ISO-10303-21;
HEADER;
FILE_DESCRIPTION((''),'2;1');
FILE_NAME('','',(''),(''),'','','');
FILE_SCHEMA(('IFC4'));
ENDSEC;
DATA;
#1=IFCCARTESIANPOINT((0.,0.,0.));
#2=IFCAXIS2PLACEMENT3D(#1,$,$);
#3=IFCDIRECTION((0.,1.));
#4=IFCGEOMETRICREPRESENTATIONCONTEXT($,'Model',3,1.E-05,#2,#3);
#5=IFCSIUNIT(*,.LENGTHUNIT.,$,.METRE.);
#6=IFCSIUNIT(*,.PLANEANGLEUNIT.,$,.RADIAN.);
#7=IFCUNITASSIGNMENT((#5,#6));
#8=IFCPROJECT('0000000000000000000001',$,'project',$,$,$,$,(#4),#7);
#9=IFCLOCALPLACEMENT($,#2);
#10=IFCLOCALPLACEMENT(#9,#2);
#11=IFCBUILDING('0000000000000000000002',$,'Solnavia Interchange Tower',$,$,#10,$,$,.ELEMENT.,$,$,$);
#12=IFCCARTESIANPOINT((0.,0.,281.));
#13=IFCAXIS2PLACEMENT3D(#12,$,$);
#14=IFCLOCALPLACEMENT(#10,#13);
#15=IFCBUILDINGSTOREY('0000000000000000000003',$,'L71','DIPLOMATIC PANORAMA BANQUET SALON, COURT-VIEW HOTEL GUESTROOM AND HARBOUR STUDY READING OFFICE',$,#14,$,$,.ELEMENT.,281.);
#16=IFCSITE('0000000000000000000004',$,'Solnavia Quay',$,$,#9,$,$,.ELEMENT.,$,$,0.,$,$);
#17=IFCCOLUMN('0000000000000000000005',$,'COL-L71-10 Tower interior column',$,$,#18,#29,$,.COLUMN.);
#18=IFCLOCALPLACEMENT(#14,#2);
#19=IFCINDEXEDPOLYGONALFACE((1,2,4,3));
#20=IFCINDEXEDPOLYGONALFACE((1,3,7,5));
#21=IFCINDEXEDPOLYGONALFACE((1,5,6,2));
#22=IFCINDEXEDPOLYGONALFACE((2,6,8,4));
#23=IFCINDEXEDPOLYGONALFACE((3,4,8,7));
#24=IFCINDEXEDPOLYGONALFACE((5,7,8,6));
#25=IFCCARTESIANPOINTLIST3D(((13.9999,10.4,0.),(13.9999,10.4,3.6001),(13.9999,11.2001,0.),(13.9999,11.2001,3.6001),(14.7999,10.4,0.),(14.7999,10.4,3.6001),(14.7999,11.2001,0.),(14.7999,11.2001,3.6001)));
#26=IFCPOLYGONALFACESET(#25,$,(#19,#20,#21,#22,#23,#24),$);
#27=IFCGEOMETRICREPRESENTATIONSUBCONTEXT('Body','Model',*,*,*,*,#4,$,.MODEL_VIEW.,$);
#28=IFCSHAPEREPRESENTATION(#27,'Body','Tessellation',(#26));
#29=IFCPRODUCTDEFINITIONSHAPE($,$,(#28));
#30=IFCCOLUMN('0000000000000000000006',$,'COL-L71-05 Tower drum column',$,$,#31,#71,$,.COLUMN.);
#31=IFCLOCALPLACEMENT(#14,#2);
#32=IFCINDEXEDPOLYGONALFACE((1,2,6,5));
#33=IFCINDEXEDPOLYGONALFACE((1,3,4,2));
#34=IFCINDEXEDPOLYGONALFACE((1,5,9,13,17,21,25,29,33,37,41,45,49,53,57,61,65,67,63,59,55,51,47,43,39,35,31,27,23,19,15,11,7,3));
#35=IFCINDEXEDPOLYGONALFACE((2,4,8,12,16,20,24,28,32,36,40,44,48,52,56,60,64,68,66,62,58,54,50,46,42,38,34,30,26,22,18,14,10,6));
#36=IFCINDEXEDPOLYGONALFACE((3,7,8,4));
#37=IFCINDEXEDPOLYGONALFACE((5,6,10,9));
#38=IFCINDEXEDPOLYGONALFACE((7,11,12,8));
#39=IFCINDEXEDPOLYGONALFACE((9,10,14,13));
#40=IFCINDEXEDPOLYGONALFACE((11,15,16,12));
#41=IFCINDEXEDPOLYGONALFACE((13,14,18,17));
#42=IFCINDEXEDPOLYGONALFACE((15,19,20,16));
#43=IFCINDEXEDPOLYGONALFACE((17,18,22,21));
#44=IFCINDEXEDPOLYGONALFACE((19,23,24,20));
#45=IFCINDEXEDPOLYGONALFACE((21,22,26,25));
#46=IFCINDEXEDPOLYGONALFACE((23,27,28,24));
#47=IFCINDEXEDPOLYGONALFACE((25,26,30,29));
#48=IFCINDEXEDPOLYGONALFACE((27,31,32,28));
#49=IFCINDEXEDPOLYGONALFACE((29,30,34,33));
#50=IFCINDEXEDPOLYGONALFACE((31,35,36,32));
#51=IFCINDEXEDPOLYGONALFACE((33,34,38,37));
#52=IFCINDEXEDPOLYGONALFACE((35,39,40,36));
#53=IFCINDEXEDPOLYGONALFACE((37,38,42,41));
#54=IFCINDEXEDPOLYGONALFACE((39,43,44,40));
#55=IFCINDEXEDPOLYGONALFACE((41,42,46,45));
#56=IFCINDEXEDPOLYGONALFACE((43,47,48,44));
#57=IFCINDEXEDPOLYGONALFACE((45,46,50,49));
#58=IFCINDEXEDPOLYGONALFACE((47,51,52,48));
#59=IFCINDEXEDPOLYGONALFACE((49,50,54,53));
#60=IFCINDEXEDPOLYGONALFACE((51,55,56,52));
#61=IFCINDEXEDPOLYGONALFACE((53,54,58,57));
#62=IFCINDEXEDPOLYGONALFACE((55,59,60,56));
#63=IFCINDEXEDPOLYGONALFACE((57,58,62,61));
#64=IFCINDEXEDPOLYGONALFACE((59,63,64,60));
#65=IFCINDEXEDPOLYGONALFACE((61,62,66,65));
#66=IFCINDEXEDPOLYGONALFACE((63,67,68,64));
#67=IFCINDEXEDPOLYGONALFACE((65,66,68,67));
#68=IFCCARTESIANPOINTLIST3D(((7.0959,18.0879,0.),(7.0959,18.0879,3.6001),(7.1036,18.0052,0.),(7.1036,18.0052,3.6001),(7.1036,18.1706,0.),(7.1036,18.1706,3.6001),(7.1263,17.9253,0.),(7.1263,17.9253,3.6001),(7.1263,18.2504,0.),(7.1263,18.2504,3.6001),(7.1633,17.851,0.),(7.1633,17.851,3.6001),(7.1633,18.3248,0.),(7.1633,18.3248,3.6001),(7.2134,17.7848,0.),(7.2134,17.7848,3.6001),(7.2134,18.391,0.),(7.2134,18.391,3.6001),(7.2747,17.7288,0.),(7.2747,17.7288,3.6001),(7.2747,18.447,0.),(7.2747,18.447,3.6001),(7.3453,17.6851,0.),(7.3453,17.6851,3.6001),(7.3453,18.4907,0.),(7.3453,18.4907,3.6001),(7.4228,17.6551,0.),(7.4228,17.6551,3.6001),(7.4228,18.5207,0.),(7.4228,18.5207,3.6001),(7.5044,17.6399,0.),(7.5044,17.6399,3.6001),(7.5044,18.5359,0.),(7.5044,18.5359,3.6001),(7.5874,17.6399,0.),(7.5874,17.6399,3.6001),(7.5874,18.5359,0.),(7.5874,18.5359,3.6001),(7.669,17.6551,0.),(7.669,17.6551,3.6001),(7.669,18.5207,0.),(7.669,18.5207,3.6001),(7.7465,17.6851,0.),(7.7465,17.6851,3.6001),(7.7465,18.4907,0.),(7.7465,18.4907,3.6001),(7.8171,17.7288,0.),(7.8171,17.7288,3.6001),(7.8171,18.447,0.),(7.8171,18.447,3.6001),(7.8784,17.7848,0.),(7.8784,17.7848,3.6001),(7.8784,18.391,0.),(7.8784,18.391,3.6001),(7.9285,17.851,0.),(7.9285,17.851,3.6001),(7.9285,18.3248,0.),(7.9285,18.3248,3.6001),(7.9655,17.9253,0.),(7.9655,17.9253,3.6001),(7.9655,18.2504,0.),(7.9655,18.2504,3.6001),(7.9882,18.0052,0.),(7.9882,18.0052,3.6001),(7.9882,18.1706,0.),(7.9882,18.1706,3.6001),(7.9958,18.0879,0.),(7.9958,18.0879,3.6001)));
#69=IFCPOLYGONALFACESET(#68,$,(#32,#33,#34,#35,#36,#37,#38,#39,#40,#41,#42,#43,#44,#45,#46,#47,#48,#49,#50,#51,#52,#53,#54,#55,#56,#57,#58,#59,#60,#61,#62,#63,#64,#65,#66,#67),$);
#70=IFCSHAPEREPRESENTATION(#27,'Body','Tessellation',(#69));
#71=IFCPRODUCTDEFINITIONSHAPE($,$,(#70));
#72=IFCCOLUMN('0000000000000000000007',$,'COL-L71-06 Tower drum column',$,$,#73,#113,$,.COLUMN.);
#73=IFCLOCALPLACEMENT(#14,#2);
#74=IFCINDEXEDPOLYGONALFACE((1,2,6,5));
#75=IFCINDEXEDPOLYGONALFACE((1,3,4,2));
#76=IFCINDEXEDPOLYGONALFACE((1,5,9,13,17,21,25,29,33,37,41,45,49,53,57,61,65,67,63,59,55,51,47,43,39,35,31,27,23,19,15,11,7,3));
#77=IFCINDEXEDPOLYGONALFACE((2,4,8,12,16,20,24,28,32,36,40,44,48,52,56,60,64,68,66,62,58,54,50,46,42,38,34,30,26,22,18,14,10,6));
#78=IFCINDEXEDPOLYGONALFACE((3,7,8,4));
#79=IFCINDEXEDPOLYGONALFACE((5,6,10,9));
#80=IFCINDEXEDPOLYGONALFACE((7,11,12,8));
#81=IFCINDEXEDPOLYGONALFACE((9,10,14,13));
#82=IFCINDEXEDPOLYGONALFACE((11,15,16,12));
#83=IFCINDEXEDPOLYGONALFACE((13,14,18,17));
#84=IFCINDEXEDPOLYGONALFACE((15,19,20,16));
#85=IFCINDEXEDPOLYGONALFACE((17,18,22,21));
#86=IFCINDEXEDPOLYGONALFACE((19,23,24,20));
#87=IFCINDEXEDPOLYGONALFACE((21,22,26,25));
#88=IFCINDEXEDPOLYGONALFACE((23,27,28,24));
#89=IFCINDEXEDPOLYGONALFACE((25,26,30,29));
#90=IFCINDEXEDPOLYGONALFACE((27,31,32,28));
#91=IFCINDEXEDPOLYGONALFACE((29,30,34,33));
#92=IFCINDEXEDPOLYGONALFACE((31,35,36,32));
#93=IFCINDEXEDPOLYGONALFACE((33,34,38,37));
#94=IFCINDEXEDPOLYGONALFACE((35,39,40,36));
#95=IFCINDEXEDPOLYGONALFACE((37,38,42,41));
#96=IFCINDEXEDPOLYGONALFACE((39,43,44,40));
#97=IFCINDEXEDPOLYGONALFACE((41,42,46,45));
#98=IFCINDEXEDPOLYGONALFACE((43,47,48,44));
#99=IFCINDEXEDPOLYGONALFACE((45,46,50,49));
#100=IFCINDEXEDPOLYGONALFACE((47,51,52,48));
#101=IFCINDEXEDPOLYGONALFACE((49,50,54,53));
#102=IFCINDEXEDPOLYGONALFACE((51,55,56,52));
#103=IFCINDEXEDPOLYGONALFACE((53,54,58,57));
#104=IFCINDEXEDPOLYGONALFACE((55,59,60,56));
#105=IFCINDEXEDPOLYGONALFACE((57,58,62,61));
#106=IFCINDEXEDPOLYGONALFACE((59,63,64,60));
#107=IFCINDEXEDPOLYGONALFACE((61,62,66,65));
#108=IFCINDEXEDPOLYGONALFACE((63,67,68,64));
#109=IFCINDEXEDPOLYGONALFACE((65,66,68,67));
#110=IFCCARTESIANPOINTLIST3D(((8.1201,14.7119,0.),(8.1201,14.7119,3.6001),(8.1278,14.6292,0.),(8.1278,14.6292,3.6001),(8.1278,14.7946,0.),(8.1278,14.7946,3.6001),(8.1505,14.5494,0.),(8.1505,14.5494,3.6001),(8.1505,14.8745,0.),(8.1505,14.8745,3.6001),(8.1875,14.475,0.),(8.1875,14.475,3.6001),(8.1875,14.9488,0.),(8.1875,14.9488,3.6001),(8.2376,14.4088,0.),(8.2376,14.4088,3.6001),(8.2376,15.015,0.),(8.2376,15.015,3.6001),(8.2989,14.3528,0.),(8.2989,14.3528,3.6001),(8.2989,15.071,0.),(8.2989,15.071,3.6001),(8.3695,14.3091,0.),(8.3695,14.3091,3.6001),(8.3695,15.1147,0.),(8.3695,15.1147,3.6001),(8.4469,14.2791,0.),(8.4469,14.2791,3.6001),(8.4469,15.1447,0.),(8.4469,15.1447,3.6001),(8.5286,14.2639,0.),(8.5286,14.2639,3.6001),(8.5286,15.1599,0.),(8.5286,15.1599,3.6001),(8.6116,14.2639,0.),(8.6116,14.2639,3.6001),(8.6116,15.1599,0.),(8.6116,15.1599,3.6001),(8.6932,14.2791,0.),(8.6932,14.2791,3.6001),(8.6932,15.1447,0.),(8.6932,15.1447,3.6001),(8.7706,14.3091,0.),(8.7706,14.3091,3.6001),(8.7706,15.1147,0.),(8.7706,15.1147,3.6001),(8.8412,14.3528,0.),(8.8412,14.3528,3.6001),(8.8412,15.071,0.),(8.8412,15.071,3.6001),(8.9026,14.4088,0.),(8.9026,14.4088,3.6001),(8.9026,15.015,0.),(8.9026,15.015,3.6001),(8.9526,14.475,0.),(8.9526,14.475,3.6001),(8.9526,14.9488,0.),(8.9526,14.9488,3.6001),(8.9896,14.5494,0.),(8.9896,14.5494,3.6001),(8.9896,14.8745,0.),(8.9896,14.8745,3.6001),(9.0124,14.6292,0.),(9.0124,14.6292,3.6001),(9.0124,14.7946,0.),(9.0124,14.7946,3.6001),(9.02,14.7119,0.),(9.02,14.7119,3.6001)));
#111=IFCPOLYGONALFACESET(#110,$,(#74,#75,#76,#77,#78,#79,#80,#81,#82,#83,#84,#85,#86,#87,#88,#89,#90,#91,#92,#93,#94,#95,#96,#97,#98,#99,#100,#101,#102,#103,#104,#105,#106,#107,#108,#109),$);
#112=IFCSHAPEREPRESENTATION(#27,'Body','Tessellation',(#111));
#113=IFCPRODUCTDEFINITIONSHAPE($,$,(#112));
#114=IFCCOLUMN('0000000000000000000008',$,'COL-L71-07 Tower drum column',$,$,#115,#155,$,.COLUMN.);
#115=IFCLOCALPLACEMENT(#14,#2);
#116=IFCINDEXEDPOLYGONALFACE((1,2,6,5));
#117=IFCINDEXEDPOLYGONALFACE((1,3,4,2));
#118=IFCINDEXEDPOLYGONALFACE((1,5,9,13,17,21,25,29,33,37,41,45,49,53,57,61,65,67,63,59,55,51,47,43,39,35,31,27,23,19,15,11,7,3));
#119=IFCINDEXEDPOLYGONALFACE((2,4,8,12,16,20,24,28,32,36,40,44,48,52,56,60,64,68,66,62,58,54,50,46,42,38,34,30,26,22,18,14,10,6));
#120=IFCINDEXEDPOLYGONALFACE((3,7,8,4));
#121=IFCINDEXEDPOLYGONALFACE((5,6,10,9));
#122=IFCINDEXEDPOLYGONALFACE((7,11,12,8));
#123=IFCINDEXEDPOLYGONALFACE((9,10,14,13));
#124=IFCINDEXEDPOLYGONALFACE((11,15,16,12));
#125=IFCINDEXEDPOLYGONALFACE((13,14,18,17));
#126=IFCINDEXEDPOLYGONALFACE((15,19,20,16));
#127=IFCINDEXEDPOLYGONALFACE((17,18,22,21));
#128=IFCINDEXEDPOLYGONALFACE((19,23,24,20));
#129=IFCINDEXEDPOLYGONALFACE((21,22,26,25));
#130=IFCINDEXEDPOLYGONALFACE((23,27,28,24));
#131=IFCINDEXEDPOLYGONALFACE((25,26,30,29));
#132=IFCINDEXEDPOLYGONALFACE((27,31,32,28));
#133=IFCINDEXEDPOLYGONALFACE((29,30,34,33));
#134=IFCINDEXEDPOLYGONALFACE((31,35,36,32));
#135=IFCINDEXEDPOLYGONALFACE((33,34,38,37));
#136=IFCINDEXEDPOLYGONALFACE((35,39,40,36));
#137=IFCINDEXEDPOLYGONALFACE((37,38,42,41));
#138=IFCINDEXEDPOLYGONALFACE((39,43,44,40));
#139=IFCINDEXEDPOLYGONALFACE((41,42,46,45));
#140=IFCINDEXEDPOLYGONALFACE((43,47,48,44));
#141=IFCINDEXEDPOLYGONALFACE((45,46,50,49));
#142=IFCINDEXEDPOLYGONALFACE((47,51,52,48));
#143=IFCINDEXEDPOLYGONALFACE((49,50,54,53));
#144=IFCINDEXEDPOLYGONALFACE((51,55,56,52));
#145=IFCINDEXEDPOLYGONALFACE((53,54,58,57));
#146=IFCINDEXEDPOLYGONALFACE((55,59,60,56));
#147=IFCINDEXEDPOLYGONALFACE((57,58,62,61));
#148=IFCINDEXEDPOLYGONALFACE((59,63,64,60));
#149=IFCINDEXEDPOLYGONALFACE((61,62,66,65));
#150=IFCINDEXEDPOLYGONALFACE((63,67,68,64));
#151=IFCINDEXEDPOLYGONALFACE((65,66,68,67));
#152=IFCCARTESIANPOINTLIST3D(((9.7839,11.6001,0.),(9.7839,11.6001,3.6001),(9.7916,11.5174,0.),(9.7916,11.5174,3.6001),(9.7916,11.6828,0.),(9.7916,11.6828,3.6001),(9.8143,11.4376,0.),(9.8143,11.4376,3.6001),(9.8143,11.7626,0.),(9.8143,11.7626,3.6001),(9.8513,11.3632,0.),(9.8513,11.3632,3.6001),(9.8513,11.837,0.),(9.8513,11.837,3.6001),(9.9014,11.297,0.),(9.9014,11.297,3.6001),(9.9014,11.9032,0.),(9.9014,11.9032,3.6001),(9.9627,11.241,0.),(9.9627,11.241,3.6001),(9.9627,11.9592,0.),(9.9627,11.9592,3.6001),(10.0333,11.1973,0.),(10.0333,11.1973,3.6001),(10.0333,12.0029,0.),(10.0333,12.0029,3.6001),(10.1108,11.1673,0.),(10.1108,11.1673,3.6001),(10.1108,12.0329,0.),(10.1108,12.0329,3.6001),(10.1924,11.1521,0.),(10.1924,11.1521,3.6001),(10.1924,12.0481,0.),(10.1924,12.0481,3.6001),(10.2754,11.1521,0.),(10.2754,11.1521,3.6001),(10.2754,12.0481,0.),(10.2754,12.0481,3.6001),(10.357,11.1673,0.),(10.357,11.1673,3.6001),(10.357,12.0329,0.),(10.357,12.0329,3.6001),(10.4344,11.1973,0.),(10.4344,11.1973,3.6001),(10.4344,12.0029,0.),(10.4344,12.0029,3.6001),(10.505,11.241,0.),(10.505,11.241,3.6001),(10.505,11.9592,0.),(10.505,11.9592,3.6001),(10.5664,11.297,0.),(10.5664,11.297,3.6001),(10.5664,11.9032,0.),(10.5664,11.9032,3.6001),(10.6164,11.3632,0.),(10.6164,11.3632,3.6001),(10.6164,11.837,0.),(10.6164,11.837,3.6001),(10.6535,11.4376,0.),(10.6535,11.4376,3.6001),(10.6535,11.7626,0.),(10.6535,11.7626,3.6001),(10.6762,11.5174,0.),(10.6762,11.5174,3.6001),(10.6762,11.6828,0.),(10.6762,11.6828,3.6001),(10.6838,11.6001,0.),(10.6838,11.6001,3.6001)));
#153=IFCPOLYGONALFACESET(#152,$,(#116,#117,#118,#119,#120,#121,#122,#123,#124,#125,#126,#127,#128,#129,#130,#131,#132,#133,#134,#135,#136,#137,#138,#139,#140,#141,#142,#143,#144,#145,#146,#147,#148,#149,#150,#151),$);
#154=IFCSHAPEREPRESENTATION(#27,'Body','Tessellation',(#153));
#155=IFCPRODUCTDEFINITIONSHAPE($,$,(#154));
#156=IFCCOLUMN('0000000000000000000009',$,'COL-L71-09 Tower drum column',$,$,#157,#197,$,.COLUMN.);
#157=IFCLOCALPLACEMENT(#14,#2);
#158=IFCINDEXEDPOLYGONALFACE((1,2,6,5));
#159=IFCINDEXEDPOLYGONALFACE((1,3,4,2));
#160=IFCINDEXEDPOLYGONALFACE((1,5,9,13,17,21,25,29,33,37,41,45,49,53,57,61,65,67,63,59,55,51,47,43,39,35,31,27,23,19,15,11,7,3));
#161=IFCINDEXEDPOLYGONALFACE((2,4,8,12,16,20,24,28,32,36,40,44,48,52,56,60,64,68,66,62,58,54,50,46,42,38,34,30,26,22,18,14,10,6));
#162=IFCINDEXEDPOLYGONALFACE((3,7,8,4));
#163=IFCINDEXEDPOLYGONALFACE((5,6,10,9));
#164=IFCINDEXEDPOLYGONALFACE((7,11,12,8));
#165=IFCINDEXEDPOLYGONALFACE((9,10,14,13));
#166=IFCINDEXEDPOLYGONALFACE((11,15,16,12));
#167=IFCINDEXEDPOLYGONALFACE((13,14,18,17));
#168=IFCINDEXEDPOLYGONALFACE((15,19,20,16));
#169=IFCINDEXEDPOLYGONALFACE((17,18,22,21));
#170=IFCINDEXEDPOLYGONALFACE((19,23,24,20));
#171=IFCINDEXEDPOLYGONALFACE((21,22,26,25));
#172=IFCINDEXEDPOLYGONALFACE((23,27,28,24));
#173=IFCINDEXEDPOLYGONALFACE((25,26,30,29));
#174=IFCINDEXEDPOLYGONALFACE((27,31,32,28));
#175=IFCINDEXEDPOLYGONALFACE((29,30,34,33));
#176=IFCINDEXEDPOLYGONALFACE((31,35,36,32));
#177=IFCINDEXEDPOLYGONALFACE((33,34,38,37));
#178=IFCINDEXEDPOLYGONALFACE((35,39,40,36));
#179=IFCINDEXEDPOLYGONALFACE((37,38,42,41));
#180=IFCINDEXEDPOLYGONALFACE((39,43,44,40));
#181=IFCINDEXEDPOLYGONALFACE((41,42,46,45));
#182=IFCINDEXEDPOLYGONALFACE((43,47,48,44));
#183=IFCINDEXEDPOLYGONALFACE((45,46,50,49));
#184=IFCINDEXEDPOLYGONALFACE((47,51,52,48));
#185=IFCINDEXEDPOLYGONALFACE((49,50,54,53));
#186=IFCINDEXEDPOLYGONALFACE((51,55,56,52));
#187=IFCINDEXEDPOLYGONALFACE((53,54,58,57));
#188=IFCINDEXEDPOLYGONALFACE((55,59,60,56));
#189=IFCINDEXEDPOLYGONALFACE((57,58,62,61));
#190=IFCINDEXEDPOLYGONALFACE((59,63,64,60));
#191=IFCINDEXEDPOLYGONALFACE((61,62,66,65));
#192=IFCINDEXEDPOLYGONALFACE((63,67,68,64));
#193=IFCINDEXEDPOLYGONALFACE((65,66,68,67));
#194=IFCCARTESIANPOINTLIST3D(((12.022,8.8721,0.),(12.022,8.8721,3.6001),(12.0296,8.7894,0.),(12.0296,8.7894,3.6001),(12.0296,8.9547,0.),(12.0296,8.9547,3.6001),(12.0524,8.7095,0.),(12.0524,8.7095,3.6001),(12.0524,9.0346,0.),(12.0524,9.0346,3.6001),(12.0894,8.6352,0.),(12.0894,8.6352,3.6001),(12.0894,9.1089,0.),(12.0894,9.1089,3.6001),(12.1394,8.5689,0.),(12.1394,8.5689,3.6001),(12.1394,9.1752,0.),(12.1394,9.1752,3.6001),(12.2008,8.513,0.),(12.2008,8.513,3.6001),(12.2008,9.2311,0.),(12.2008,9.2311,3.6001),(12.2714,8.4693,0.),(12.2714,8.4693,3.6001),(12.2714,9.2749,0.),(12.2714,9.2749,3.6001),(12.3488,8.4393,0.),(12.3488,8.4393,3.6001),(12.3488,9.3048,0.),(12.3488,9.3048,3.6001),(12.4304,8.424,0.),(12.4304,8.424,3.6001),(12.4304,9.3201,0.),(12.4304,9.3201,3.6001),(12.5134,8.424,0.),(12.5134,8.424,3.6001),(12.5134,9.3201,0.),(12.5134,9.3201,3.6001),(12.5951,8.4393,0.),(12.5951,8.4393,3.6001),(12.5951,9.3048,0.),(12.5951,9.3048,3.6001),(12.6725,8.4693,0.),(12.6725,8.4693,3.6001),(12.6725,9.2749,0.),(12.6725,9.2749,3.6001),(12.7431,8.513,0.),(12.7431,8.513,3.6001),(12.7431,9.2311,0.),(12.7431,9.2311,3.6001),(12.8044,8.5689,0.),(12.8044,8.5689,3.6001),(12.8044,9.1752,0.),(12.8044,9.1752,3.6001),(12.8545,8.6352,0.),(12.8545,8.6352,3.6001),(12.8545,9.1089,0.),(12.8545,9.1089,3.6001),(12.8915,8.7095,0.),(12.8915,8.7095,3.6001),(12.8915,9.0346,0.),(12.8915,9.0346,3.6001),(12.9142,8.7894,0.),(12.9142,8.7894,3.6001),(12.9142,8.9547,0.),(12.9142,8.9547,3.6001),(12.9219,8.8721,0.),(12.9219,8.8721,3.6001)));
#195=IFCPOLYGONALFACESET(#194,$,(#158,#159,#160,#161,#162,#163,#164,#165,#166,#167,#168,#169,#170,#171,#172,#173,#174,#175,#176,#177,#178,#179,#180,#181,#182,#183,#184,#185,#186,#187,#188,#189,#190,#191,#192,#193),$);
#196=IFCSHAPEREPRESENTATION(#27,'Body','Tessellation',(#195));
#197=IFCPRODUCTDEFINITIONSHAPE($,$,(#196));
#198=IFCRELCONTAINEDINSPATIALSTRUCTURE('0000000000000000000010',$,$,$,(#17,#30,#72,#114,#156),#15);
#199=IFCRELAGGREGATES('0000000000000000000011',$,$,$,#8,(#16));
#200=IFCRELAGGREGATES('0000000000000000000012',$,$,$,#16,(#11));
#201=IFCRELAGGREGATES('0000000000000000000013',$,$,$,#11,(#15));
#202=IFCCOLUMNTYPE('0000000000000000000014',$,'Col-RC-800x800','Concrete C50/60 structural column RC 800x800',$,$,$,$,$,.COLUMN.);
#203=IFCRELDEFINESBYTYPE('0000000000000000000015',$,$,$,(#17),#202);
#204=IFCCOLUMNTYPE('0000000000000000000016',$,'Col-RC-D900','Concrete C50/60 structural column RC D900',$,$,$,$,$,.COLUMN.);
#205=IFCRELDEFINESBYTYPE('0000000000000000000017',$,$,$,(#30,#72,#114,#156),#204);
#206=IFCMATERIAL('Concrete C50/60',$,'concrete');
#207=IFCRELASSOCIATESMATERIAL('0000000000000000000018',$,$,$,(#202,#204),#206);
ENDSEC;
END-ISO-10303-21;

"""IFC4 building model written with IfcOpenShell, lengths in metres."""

from ifc_helpers import new_model, si_unit, direction, frame, origin, origin_2d, place, context, subcontext, project, spatial, rectangle, circle, extrude, material, material_profile, profile_set, type_object, element, save


model = new_model("IFC4")

# Units and contexts
model_context = context("Model", 3, precision=1e-05, world=origin(), true_north=direction((0.0, 1.0)))
body_context = subcontext(model_context, "Body", "Model", "MODEL_VIEW")
ifc_project = project(units=[si_unit("LENGTHUNIT", "METRE"), si_unit("PLANEANGLEUNIT", "RADIAN")], contexts=[model_context])

# Site, building, storey
site_placement = place(None, origin())
site = spatial("IfcSite", under=ifc_project, at=site_placement, Name="Solnavia Quay", CompositionType="ELEMENT", RefElevation=0.0)
building_placement = place(site_placement, origin())
building = spatial("IfcBuilding", under=site, at=building_placement, Name="Solnavia Interchange Tower", CompositionType="ELEMENT")
storey_placement = place(building_placement, frame((0.0, 0.0, 281.0)))
storey = spatial("IfcBuildingStorey", under=building, at=storey_placement, Name="L71", Description="DIPLOMATIC PANORAMA BANQUET SALON, COURT-VIEW HOTEL GUESTROOM AND HARBOUR STUDY READING OFFICE", CompositionType="ELEMENT", Elevation=281.0)

# Columns
ifc_material_1 = material(Name="Concrete C50/60", Category="concrete")
ifc_material_profile_1 = material_profile(ifc_material_1, rectangle(XDim=0.8, YDim=0.8, at=origin_2d()), Name="RC 800x800")
ifc_profile_set_1 = profile_set([ifc_material_profile_1], Name="Concrete C50/60")
column_type_1 = type_object("IfcColumnType", Name="Col-RC-800x800", Description="Concrete C50/60 structural column RC 800x800", PredefinedType="COLUMN", material=ifc_profile_set_1)
column_placement = place(storey_placement, frame((14.3999, 10.8, 0.0), z_axis=(0.0, 0.0, 1.0), x_axis=(1.0, 0.0, 0.0)))
element("IfcColumn", 1, at=column_placement, inside=storey, type_object=column_type_1, Name="COL-L71-10 Tower interior column", PredefinedType="COLUMN", context=body_context, shape_type="SweptSolid", body=[
    extrude(rectangle(XDim=0.8, YDim=0.8, at=origin_2d()), origin(), (0.0, 0.0, 1.0), 3.6001),
])
ifc_material_profile_2 = material_profile(ifc_material_1, circle(Radius=0.45, at=origin_2d()), Name="RC D900")
ifc_profile_set_2 = profile_set([ifc_material_profile_2], Name="Concrete C50/60")
column_type_2 = type_object("IfcColumnType", Name="Col-RC-D900", Description="Concrete C50/60 structural column RC D900", PredefinedType="COLUMN", material=ifc_profile_set_2)
for number, where, z_axis, x_axis, name in (
    (2, (7.5459, 18.0879, 0.0), (0.0, 0.0, 1.0), (1.0, 0.0, 0.0), "COL-L71-05 Tower drum column"),
    (3, (8.5701, 14.7119, 0.0), (0.0, 0.0, 1.0), (1.0, 0.0, 0.0), "COL-L71-06 Tower drum column"),
    (4, (10.2339, 11.6001, 0.0), (0.0, 0.0, 1.0), (1.0, 0.0, 0.0), "COL-L71-07 Tower drum column"),
    (5, (12.4719, 8.8721, 0.0), (0.0, 0.0, 1.0), (1.0, 0.0, 0.0), "COL-L71-09 Tower drum column"),
):
    element("IfcColumn", number, at=place(storey_placement, frame(where, z_axis=z_axis, x_axis=x_axis)), inside=storey, type_object=column_type_2, Name=name, PredefinedType="COLUMN", context=body_context, shape_type="SweptSolid", body=[
        extrude(circle(Radius=0.45, at=origin_2d()), origin(), (0.0, 0.0, 1.0), 3.6001),
    ])

save(model, "model.ifc")
